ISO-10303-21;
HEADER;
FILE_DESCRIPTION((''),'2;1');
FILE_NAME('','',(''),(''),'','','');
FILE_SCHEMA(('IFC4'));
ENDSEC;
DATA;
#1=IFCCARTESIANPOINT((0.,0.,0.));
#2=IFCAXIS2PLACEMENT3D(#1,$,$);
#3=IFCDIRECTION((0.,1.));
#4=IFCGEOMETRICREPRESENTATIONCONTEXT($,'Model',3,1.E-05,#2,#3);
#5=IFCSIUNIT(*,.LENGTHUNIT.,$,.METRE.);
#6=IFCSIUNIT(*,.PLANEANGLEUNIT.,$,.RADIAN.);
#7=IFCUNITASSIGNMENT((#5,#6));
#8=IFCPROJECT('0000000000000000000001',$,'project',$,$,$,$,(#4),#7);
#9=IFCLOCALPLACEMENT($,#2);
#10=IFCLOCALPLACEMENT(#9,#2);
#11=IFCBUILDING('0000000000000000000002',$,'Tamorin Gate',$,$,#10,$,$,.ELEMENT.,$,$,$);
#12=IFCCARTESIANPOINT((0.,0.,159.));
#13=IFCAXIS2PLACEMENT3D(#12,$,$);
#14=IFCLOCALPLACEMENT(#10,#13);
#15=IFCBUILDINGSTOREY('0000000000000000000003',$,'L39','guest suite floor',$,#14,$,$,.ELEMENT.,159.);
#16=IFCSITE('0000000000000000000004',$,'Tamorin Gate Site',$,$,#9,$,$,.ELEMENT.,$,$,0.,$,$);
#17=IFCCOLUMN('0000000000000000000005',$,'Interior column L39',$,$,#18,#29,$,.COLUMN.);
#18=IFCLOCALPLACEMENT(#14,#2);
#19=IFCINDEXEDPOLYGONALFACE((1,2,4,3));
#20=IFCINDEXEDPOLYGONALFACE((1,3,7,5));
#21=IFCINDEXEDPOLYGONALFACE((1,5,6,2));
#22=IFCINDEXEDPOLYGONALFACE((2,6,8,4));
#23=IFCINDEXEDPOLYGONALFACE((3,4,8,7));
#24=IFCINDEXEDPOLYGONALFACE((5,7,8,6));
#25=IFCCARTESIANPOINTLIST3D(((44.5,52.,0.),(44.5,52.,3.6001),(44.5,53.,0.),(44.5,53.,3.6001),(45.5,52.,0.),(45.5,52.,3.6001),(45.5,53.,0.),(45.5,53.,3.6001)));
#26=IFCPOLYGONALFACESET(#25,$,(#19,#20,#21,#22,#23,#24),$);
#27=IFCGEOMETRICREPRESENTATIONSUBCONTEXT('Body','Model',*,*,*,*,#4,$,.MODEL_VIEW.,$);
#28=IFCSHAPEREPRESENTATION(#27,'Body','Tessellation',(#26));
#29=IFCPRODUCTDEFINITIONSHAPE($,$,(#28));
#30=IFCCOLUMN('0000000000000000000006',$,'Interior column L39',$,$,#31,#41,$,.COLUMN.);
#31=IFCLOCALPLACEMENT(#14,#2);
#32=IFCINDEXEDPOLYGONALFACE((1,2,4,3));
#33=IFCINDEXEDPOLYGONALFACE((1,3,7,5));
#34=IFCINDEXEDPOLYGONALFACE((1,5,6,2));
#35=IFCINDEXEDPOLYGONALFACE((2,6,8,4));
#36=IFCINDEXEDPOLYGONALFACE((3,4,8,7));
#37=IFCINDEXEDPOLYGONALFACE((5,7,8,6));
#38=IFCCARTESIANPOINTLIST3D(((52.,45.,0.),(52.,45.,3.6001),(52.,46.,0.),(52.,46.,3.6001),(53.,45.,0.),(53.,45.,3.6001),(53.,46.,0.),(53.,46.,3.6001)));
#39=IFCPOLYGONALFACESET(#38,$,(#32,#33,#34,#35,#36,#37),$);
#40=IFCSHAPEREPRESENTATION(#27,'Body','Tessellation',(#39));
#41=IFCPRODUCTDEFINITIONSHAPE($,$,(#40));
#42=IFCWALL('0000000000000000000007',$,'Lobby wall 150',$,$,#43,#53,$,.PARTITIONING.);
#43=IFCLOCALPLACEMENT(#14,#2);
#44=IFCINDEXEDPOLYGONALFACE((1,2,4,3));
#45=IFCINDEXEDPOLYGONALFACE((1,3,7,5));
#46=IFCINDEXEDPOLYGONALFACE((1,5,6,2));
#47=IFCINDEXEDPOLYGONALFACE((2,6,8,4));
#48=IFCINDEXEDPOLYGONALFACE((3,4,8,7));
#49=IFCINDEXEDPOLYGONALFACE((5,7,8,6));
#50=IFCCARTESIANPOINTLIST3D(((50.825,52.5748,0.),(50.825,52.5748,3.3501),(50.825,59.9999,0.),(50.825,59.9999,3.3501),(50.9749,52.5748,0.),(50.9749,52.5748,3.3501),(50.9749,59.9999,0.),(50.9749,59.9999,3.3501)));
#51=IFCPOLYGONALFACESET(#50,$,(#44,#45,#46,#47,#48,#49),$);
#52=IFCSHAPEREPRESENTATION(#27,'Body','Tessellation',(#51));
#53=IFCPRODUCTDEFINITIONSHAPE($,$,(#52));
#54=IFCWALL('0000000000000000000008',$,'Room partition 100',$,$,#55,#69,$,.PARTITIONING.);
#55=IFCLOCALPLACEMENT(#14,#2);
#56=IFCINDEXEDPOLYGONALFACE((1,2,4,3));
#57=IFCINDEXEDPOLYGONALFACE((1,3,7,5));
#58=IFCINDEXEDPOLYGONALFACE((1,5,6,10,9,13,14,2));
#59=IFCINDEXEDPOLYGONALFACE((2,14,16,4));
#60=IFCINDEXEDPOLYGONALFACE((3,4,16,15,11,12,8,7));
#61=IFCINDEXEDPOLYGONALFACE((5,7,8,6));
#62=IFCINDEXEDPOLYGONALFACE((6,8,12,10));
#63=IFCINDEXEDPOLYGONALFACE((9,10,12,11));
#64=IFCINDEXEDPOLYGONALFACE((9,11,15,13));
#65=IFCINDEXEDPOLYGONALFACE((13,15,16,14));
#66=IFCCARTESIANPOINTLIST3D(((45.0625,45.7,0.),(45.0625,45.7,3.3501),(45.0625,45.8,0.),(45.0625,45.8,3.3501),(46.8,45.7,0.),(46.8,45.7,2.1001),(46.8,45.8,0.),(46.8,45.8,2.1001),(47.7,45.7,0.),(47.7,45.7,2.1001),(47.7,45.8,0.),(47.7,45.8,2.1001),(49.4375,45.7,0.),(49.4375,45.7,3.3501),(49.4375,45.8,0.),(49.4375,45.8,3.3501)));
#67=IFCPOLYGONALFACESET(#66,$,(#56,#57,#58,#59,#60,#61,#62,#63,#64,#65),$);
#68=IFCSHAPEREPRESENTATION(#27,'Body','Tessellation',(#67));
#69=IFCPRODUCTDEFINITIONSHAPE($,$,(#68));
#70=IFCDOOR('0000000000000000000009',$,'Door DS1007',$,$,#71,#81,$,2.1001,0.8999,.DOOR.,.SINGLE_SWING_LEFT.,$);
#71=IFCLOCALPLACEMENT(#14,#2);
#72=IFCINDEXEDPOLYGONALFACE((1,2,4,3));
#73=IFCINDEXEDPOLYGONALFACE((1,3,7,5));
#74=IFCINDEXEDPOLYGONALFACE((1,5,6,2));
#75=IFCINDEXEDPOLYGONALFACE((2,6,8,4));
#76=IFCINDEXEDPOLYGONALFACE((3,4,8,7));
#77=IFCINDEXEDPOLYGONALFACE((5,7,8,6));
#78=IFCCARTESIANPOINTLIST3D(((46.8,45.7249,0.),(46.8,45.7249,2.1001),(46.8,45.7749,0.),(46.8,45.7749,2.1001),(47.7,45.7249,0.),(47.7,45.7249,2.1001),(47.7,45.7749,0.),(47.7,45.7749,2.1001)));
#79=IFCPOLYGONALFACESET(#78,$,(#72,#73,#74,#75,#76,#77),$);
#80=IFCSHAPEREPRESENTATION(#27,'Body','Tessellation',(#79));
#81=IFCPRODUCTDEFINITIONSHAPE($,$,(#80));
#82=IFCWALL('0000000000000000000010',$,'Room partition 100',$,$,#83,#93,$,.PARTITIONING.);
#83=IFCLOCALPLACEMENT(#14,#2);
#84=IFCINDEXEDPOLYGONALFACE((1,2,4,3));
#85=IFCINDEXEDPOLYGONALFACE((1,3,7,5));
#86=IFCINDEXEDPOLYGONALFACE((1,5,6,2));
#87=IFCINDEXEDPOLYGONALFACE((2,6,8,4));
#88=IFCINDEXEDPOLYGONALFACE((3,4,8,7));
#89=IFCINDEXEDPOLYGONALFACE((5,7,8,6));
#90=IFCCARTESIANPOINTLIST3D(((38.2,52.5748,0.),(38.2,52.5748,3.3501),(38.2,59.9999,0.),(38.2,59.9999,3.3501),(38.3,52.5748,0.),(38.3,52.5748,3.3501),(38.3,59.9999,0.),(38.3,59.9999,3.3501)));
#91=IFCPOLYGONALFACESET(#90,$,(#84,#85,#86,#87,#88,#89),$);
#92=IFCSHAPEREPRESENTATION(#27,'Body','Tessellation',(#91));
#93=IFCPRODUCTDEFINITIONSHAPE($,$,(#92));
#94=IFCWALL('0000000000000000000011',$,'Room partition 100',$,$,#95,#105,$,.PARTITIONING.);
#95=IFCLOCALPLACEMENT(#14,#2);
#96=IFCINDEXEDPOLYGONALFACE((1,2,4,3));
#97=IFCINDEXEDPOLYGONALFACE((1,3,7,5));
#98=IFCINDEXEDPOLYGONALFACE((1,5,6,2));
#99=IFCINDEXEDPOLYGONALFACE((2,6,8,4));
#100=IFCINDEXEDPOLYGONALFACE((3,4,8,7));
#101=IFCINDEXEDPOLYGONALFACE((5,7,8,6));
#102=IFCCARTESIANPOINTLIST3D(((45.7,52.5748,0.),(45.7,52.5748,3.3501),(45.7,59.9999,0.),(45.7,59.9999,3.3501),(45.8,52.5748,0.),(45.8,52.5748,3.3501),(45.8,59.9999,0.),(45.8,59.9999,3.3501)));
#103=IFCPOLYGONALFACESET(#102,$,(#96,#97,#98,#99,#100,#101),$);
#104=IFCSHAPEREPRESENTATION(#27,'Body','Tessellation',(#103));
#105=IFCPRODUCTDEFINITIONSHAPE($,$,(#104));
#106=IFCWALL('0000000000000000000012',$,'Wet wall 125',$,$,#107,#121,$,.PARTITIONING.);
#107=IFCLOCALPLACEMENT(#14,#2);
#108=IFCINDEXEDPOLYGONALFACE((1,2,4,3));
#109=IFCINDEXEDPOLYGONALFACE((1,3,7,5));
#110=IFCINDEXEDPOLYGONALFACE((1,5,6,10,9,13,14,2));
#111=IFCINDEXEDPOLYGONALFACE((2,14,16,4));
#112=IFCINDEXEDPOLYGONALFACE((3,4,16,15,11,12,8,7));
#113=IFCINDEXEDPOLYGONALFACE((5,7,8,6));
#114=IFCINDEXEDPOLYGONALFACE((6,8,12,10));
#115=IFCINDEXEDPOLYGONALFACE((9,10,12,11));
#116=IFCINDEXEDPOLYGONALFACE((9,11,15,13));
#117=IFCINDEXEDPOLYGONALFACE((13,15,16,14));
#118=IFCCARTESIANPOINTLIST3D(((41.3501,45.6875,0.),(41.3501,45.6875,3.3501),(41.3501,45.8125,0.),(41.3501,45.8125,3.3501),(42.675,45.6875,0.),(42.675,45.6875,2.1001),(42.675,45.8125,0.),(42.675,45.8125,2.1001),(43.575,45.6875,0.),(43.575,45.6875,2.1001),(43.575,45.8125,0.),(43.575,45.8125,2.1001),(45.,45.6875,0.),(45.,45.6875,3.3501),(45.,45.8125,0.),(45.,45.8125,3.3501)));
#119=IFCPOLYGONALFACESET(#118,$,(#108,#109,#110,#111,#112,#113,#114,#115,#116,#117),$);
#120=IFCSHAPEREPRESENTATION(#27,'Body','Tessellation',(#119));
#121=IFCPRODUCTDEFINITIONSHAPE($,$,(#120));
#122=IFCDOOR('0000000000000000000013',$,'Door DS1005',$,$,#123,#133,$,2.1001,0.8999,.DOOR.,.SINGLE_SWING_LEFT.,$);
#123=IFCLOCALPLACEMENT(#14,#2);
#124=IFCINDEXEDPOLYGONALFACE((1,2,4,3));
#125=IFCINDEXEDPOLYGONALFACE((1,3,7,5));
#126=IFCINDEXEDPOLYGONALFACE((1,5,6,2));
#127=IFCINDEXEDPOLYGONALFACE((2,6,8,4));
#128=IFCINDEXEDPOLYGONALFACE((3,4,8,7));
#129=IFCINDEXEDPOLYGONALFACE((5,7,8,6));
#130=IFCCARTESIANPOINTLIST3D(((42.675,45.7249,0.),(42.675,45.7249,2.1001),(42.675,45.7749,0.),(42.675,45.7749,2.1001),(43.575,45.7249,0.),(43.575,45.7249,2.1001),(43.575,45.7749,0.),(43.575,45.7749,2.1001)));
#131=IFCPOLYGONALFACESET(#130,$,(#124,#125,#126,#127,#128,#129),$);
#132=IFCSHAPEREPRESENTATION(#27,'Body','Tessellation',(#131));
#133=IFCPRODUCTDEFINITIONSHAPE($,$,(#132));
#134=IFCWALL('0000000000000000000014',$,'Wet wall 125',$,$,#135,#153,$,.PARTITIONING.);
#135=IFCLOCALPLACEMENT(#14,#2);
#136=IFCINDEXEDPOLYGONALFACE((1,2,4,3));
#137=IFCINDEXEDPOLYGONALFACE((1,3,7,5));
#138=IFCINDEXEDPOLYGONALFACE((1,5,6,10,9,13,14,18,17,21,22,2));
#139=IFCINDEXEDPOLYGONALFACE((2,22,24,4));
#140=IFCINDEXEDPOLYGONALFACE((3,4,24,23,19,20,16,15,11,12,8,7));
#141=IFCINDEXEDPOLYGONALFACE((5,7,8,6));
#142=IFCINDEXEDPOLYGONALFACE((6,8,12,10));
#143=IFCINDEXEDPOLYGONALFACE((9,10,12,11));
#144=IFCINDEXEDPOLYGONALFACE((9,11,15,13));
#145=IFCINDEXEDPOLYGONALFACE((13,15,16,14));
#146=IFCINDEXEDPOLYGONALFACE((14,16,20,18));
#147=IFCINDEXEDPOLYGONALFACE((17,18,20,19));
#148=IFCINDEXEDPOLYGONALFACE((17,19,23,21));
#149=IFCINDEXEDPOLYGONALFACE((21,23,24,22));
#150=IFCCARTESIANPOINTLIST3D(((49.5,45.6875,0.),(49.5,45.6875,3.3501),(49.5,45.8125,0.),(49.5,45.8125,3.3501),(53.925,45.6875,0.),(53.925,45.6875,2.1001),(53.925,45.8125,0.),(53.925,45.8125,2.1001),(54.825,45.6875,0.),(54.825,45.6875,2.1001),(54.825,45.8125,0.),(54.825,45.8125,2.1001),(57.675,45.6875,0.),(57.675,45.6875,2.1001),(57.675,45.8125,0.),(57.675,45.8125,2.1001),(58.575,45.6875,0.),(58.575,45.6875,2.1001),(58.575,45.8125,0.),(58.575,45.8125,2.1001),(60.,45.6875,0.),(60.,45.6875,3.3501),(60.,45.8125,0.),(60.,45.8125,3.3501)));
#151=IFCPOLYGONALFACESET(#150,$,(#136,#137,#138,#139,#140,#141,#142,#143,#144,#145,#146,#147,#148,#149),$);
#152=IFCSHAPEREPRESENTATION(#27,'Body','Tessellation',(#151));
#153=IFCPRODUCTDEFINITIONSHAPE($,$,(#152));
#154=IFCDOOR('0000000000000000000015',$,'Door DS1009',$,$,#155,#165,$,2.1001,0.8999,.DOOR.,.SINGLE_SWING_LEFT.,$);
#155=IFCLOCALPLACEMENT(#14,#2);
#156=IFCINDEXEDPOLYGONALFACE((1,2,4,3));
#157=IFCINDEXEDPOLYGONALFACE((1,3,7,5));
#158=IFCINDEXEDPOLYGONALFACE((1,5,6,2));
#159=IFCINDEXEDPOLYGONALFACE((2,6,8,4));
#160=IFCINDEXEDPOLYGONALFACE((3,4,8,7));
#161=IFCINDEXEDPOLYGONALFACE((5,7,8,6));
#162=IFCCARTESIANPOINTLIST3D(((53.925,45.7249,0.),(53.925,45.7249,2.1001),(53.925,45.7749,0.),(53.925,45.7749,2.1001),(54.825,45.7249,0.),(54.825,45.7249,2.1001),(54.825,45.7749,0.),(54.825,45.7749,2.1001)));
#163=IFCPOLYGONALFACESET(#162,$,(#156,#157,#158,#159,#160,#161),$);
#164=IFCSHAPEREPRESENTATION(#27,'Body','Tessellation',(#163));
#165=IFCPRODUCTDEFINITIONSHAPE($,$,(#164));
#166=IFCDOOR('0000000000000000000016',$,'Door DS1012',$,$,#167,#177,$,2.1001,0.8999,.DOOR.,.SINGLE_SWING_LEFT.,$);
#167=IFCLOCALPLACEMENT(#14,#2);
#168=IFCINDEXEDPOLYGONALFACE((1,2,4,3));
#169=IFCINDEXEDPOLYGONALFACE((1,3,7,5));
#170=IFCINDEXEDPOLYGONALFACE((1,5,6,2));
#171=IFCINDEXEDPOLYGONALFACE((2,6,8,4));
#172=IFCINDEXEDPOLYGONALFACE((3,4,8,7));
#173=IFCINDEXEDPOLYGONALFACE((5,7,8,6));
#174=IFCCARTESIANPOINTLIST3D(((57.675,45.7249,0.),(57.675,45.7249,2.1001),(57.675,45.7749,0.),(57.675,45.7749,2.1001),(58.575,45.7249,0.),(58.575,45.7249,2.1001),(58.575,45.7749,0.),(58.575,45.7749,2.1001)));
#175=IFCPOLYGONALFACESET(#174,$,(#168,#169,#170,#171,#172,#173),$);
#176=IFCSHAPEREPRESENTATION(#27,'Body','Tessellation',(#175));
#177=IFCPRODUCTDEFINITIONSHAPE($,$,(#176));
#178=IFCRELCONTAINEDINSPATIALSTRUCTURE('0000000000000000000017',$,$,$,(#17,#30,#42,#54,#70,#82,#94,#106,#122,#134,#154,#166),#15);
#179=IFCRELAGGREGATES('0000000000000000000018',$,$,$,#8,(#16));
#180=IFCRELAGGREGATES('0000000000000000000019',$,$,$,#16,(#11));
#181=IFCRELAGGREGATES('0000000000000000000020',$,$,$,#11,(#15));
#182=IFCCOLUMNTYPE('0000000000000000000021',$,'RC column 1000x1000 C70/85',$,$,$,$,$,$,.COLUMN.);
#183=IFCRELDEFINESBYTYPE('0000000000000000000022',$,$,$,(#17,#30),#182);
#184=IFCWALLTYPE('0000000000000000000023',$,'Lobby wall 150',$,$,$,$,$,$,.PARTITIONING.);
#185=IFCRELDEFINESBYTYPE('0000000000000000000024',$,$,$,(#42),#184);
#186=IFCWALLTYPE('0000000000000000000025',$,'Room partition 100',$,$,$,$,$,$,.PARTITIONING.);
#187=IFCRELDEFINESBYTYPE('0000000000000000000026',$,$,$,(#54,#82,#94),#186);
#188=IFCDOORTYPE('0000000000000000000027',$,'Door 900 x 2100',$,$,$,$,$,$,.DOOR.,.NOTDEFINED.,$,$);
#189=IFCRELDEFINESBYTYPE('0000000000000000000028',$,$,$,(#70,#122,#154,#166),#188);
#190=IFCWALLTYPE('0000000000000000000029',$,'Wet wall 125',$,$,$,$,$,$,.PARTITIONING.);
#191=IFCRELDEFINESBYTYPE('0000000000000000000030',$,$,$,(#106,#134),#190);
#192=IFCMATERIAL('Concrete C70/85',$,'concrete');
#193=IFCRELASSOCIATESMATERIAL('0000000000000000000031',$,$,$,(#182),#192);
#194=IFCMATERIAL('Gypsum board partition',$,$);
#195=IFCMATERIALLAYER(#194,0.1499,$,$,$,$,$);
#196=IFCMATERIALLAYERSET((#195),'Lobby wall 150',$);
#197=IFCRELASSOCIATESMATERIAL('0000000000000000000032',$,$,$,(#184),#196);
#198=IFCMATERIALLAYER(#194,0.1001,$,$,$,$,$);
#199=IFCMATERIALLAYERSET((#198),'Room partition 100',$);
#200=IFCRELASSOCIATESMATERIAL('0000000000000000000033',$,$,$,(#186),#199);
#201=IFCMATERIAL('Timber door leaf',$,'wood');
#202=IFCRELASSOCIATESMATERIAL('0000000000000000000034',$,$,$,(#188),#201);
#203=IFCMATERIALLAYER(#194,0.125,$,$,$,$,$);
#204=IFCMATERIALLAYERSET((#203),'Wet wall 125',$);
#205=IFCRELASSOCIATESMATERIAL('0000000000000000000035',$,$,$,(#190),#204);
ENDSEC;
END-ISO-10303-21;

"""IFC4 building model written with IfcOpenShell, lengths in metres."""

from ifc_helpers import new_model, si_unit, direction, frame, frame_2d, origin, origin_2d, place, context, subcontext, project, spatial, rectangle, extrude, material, layer, layer_set, material_profile, profile_set, type_object, element, fill, save


model = new_model("IFC4")

# Units and contexts
model_context = context("Model", 3, precision=1e-05, world=origin(), true_north=direction((0.0, 1.0)))
body_context = subcontext(model_context, "Body", "Model", "MODEL_VIEW")
ifc_project = project(units=[si_unit("LENGTHUNIT", "METRE"), si_unit("PLANEANGLEUNIT", "RADIAN")], contexts=[model_context])

# Site, building, storey
site_placement = place(None, origin())
site = spatial("IfcSite", under=ifc_project, at=site_placement, Name="Tamorin Gate Site", CompositionType="ELEMENT", RefElevation=0.0)
building_placement = place(site_placement, origin())
building = spatial("IfcBuilding", under=site, at=building_placement, Name="Tamorin Gate", CompositionType="ELEMENT")
storey_placement = place(building_placement, frame((0.0, 0.0, 159.0)))
storey = spatial("IfcBuildingStorey", under=building, at=storey_placement, Name="L39", Description="guest suite floor", CompositionType="ELEMENT", Elevation=159.0)

# Columns
ifc_material_1 = material(Name="Concrete C70/85", Category="concrete")
ifc_material_profile = material_profile(ifc_material_1, rectangle(XDim=1.0, YDim=1.0, at=origin_2d()), Name="RC 1000x1000")
ifc_profile_set = profile_set([ifc_material_profile], Name="Concrete C70/85")
column_type = type_object("IfcColumnType", Name="RC column 1000x1000 C70/85", PredefinedType="COLUMN", material=ifc_profile_set)
for number, where, z_axis, x_axis, name in (
    (1, (45.0, 52.5, 0.0), (0.0, 0.0, 1.0), (1.0, 0.0, 0.0), "Interior column L39"),
    (2, (52.5, 45.5, 0.0), (0.0, 0.0, 1.0), (1.0, 0.0, 0.0), "Interior column L39"),
):
    element("IfcColumn", number, at=place(storey_placement, frame(where, z_axis=z_axis, x_axis=x_axis)), inside=storey, type_object=column_type, Name=name, PredefinedType="COLUMN", context=body_context, shape_type="SweptSolid", body=[
        extrude(rectangle(XDim=1.0, YDim=1.0, at=origin_2d()), origin(), (0.0, 0.0, 1.0), 3.6001),
    ])

# Wall
ifc_material_2 = material(Name="Gypsum board partition")
ifc_layer_1 = layer(ifc_material_2, 0.1499)
ifc_layer_set_1 = layer_set([ifc_layer_1], Name="Lobby wall 150")
wall_type_1 = type_object("IfcWallType", Name="Lobby wall 150", PredefinedType="PARTITIONING", material=ifc_layer_set_1)
wall_1_placement = place(storey_placement, frame((50.8999, 52.575, 0.0), z_axis=(0.0, 0.0, 1.0), x_axis=(0.0, 1.0, 0.0)))
element("IfcWall", 3, at=wall_1_placement, inside=storey, type_object=wall_type_1, Name="Lobby wall 150", PredefinedType="PARTITIONING", context=body_context, shape_type="SweptSolid", body=[
    extrude(rectangle(XDim=7.425, YDim=0.1499, at=frame_2d((3.7124, 0.0))), origin(), (0.0, 0.0, 1.0), 3.3501),
])

# Wall, opening, door
ifc_layer_2 = layer(ifc_material_2, 0.1001)
ifc_layer_set_2 = layer_set([ifc_layer_2], Name="Room partition 100")
wall_type_2 = type_object("IfcWallType", Name="Room partition 100", PredefinedType="PARTITIONING", material=ifc_layer_set_2)
wall_2_placement = place(storey_placement, frame((45.0625, 45.75, 0.0), z_axis=(0.0, 0.0, 1.0), x_axis=(1.0, 0.0, 0.0)))
wall_2 = element("IfcWall", 4, at=wall_2_placement, inside=storey, type_object=wall_type_2, Name="Room partition 100", PredefinedType="PARTITIONING", context=body_context, shape_type="SweptSolid", body=[
    extrude(rectangle(XDim=4.375, YDim=0.1001, at=frame_2d((2.1875, 0.0))), origin(), (0.0, 0.0, 1.0), 3.3501),
])
opening_1_placement = place(wall_2_placement, frame((1.7375, 0.0, 0.0)))
opening_1 = element("IfcOpeningElement", 5, at=opening_1_placement, cuts=wall_2, PredefinedType="OPENING", context=body_context, shape_type="SweptSolid", body=[
    extrude(rectangle(XDim=0.8999, YDim=2.1001, at=frame_2d((0.45, 1.05))), frame((0.0, 0.0601, 0.0), z_axis=(0.0, -1.0, 0.0), x_axis=(1.0, 0.0, 0.0)), (0.0, 0.0, 1.0), 0.1201),
])
ifc_material_3 = material(Name="Timber door leaf", Category="wood")
door_type = type_object("IfcDoorType", Name="Door 900 x 2100", OperationType="NOTDEFINED", PredefinedType="DOOR", material=ifc_material_3)
door_1_placement = place(opening_1_placement, origin())
door_1 = element("IfcDoor", 6, at=door_1_placement, inside=storey, type_object=door_type, Name="Door DS1007", OperationType="SINGLE_SWING_LEFT", OverallHeight=2.1001, OverallWidth=0.8999, PredefinedType="DOOR", context=body_context, shape_type="SweptSolid", body=[
    extrude(rectangle(XDim=0.8999, YDim=2.1001, at=frame_2d((0.45, 1.05))), frame((0.0, 0.0249, 0.0), z_axis=(0.0, -1.0, 0.0), x_axis=(1.0, 0.0, 0.0)), (0.0, 0.0, 1.0), 0.05),
])
fill(opening_1, door_1)

# Walls
for number, where, z_axis, x_axis, name in (
    (7, (38.25, 52.575, 0.0), (0.0, 0.0, 1.0), (0.0, 1.0, 0.0), "Room partition 100"),
    (8, (45.75, 52.575, 0.0), (0.0, 0.0, 1.0), (0.0, 1.0, 0.0), "Room partition 100"),
):
    element("IfcWall", number, at=place(storey_placement, frame(where, z_axis=z_axis, x_axis=x_axis)), inside=storey, type_object=wall_type_2, Name=name, PredefinedType="PARTITIONING", context=body_context, shape_type="SweptSolid", body=[
        extrude(rectangle(XDim=7.425, YDim=0.1001, at=frame_2d((3.7124, 0.0))), origin(), (0.0, 0.0, 1.0), 3.3501),
    ])

# Wall, opening, door
ifc_layer_3 = layer(ifc_material_2, 0.125)
ifc_layer_set_3 = layer_set([ifc_layer_3], Name="Wet wall 125")
wall_type_3 = type_object("IfcWallType", Name="Wet wall 125", PredefinedType="PARTITIONING", material=ifc_layer_set_3)
wall_3_placement = place(storey_placement, frame((41.3501, 45.75, 0.0), z_axis=(0.0, 0.0, 1.0), x_axis=(1.0, 0.0, 0.0)))
wall_3 = element("IfcWall", 9, at=wall_3_placement, inside=storey, type_object=wall_type_3, Name="Wet wall 125", PredefinedType="PARTITIONING", context=body_context, shape_type="SweptSolid", body=[
    extrude(rectangle(XDim=3.6499, YDim=0.125, at=frame_2d((1.825, 0.0))), origin(), (0.0, 0.0, 1.0), 3.3501),
])
opening_2_placement = place(wall_3_placement, frame((1.325, 0.0, 0.0)))
opening_2 = element("IfcOpeningElement", 10, at=opening_2_placement, cuts=wall_3, PredefinedType="OPENING", context=body_context, shape_type="SweptSolid", body=[
    extrude(rectangle(XDim=0.8999, YDim=2.1001, at=frame_2d((0.45, 1.05))), frame((0.0, 0.0725, 0.0), z_axis=(0.0, -1.0, 0.0), x_axis=(1.0, 0.0, 0.0)), (0.0, 0.0, 1.0), 0.145),
])
door_2_placement = place(opening_2_placement, origin())
door_2 = element("IfcDoor", 11, at=door_2_placement, inside=storey, type_object=door_type, Name="Door DS1005", OperationType="SINGLE_SWING_LEFT", OverallHeight=2.1001, OverallWidth=0.8999, PredefinedType="DOOR", context=body_context, shape_type="SweptSolid", body=[
    extrude(rectangle(XDim=0.8999, YDim=2.1001, at=frame_2d((0.45, 1.05))), frame((0.0, 0.0249, 0.0), z_axis=(0.0, -1.0, 0.0), x_axis=(1.0, 0.0, 0.0)), (0.0, 0.0, 1.0), 0.05),
])
fill(opening_2, door_2)

# Wall, openings, doors
wall_4_placement = place(storey_placement, frame((49.5, 45.75, 0.0), z_axis=(0.0, 0.0, 1.0), x_axis=(1.0, 0.0, 0.0)))
wall_4 = element("IfcWall", 12, at=wall_4_placement, inside=storey, type_object=wall_type_3, Name="Wet wall 125", PredefinedType="PARTITIONING", context=body_context, shape_type="SweptSolid", body=[
    extrude(rectangle(XDim=10.5, YDim=0.125, at=frame_2d((5.25, 0.0))), origin(), (0.0, 0.0, 1.0), 3.3501),
])
opening_3_placement = place(wall_4_placement, frame((4.425, 0.0, 0.0)))
opening_3 = element("IfcOpeningElement", 13, at=opening_3_placement, cuts=wall_4, PredefinedType="OPENING", context=body_context, shape_type="SweptSolid", body=[
    extrude(rectangle(XDim=0.8999, YDim=2.1001, at=frame_2d((0.45, 1.05))), frame((0.0, 0.0725, 0.0), z_axis=(0.0, -1.0, 0.0), x_axis=(1.0, 0.0, 0.0)), (0.0, 0.0, 1.0), 0.145),
])
opening_4_placement = place(wall_4_placement, frame((8.175, 0.0, 0.0)))
opening_4 = element("IfcOpeningElement", 14, at=opening_4_placement, cuts=wall_4, PredefinedType="OPENING", context=body_context, shape_type="SweptSolid", body=[
    extrude(rectangle(XDim=0.8999, YDim=2.1001, at=frame_2d((0.45, 1.05))), frame((0.0, 0.0725, 0.0), z_axis=(0.0, -1.0, 0.0), x_axis=(1.0, 0.0, 0.0)), (0.0, 0.0, 1.0), 0.145),
])
door_3_placement = place(opening_3_placement, origin())
door_3 = element("IfcDoor", 15, at=door_3_placement, inside=storey, type_object=door_type, Name="Door DS1009", OperationType="SINGLE_SWING_LEFT", OverallHeight=2.1001, OverallWidth=0.8999, PredefinedType="DOOR", context=body_context, shape_type="SweptSolid", body=[
    extrude(rectangle(XDim=0.8999, YDim=2.1001, at=frame_2d((0.45, 1.05))), frame((0.0, 0.0249, 0.0), z_axis=(0.0, -1.0, 0.0), x_axis=(1.0, 0.0, 0.0)), (0.0, 0.0, 1.0), 0.05),
])
fill(opening_3, door_3)
door_4_placement = place(opening_4_placement, origin())
door_4 = element("IfcDoor", 16, at=door_4_placement, inside=storey, type_object=door_type, Name="Door DS1012", OperationType="SINGLE_SWING_LEFT", OverallHeight=2.1001, OverallWidth=0.8999, PredefinedType="DOOR", context=body_context, shape_type="SweptSolid", body=[
    extrude(rectangle(XDim=0.8999, YDim=2.1001, at=frame_2d((0.45, 1.05))), frame((0.0, 0.0249, 0.0), z_axis=(0.0, -1.0, 0.0), x_axis=(1.0, 0.0, 0.0)), (0.0, 0.0, 1.0), 0.05),
])
fill(opening_4, door_4)

save(model, "model.ifc")
